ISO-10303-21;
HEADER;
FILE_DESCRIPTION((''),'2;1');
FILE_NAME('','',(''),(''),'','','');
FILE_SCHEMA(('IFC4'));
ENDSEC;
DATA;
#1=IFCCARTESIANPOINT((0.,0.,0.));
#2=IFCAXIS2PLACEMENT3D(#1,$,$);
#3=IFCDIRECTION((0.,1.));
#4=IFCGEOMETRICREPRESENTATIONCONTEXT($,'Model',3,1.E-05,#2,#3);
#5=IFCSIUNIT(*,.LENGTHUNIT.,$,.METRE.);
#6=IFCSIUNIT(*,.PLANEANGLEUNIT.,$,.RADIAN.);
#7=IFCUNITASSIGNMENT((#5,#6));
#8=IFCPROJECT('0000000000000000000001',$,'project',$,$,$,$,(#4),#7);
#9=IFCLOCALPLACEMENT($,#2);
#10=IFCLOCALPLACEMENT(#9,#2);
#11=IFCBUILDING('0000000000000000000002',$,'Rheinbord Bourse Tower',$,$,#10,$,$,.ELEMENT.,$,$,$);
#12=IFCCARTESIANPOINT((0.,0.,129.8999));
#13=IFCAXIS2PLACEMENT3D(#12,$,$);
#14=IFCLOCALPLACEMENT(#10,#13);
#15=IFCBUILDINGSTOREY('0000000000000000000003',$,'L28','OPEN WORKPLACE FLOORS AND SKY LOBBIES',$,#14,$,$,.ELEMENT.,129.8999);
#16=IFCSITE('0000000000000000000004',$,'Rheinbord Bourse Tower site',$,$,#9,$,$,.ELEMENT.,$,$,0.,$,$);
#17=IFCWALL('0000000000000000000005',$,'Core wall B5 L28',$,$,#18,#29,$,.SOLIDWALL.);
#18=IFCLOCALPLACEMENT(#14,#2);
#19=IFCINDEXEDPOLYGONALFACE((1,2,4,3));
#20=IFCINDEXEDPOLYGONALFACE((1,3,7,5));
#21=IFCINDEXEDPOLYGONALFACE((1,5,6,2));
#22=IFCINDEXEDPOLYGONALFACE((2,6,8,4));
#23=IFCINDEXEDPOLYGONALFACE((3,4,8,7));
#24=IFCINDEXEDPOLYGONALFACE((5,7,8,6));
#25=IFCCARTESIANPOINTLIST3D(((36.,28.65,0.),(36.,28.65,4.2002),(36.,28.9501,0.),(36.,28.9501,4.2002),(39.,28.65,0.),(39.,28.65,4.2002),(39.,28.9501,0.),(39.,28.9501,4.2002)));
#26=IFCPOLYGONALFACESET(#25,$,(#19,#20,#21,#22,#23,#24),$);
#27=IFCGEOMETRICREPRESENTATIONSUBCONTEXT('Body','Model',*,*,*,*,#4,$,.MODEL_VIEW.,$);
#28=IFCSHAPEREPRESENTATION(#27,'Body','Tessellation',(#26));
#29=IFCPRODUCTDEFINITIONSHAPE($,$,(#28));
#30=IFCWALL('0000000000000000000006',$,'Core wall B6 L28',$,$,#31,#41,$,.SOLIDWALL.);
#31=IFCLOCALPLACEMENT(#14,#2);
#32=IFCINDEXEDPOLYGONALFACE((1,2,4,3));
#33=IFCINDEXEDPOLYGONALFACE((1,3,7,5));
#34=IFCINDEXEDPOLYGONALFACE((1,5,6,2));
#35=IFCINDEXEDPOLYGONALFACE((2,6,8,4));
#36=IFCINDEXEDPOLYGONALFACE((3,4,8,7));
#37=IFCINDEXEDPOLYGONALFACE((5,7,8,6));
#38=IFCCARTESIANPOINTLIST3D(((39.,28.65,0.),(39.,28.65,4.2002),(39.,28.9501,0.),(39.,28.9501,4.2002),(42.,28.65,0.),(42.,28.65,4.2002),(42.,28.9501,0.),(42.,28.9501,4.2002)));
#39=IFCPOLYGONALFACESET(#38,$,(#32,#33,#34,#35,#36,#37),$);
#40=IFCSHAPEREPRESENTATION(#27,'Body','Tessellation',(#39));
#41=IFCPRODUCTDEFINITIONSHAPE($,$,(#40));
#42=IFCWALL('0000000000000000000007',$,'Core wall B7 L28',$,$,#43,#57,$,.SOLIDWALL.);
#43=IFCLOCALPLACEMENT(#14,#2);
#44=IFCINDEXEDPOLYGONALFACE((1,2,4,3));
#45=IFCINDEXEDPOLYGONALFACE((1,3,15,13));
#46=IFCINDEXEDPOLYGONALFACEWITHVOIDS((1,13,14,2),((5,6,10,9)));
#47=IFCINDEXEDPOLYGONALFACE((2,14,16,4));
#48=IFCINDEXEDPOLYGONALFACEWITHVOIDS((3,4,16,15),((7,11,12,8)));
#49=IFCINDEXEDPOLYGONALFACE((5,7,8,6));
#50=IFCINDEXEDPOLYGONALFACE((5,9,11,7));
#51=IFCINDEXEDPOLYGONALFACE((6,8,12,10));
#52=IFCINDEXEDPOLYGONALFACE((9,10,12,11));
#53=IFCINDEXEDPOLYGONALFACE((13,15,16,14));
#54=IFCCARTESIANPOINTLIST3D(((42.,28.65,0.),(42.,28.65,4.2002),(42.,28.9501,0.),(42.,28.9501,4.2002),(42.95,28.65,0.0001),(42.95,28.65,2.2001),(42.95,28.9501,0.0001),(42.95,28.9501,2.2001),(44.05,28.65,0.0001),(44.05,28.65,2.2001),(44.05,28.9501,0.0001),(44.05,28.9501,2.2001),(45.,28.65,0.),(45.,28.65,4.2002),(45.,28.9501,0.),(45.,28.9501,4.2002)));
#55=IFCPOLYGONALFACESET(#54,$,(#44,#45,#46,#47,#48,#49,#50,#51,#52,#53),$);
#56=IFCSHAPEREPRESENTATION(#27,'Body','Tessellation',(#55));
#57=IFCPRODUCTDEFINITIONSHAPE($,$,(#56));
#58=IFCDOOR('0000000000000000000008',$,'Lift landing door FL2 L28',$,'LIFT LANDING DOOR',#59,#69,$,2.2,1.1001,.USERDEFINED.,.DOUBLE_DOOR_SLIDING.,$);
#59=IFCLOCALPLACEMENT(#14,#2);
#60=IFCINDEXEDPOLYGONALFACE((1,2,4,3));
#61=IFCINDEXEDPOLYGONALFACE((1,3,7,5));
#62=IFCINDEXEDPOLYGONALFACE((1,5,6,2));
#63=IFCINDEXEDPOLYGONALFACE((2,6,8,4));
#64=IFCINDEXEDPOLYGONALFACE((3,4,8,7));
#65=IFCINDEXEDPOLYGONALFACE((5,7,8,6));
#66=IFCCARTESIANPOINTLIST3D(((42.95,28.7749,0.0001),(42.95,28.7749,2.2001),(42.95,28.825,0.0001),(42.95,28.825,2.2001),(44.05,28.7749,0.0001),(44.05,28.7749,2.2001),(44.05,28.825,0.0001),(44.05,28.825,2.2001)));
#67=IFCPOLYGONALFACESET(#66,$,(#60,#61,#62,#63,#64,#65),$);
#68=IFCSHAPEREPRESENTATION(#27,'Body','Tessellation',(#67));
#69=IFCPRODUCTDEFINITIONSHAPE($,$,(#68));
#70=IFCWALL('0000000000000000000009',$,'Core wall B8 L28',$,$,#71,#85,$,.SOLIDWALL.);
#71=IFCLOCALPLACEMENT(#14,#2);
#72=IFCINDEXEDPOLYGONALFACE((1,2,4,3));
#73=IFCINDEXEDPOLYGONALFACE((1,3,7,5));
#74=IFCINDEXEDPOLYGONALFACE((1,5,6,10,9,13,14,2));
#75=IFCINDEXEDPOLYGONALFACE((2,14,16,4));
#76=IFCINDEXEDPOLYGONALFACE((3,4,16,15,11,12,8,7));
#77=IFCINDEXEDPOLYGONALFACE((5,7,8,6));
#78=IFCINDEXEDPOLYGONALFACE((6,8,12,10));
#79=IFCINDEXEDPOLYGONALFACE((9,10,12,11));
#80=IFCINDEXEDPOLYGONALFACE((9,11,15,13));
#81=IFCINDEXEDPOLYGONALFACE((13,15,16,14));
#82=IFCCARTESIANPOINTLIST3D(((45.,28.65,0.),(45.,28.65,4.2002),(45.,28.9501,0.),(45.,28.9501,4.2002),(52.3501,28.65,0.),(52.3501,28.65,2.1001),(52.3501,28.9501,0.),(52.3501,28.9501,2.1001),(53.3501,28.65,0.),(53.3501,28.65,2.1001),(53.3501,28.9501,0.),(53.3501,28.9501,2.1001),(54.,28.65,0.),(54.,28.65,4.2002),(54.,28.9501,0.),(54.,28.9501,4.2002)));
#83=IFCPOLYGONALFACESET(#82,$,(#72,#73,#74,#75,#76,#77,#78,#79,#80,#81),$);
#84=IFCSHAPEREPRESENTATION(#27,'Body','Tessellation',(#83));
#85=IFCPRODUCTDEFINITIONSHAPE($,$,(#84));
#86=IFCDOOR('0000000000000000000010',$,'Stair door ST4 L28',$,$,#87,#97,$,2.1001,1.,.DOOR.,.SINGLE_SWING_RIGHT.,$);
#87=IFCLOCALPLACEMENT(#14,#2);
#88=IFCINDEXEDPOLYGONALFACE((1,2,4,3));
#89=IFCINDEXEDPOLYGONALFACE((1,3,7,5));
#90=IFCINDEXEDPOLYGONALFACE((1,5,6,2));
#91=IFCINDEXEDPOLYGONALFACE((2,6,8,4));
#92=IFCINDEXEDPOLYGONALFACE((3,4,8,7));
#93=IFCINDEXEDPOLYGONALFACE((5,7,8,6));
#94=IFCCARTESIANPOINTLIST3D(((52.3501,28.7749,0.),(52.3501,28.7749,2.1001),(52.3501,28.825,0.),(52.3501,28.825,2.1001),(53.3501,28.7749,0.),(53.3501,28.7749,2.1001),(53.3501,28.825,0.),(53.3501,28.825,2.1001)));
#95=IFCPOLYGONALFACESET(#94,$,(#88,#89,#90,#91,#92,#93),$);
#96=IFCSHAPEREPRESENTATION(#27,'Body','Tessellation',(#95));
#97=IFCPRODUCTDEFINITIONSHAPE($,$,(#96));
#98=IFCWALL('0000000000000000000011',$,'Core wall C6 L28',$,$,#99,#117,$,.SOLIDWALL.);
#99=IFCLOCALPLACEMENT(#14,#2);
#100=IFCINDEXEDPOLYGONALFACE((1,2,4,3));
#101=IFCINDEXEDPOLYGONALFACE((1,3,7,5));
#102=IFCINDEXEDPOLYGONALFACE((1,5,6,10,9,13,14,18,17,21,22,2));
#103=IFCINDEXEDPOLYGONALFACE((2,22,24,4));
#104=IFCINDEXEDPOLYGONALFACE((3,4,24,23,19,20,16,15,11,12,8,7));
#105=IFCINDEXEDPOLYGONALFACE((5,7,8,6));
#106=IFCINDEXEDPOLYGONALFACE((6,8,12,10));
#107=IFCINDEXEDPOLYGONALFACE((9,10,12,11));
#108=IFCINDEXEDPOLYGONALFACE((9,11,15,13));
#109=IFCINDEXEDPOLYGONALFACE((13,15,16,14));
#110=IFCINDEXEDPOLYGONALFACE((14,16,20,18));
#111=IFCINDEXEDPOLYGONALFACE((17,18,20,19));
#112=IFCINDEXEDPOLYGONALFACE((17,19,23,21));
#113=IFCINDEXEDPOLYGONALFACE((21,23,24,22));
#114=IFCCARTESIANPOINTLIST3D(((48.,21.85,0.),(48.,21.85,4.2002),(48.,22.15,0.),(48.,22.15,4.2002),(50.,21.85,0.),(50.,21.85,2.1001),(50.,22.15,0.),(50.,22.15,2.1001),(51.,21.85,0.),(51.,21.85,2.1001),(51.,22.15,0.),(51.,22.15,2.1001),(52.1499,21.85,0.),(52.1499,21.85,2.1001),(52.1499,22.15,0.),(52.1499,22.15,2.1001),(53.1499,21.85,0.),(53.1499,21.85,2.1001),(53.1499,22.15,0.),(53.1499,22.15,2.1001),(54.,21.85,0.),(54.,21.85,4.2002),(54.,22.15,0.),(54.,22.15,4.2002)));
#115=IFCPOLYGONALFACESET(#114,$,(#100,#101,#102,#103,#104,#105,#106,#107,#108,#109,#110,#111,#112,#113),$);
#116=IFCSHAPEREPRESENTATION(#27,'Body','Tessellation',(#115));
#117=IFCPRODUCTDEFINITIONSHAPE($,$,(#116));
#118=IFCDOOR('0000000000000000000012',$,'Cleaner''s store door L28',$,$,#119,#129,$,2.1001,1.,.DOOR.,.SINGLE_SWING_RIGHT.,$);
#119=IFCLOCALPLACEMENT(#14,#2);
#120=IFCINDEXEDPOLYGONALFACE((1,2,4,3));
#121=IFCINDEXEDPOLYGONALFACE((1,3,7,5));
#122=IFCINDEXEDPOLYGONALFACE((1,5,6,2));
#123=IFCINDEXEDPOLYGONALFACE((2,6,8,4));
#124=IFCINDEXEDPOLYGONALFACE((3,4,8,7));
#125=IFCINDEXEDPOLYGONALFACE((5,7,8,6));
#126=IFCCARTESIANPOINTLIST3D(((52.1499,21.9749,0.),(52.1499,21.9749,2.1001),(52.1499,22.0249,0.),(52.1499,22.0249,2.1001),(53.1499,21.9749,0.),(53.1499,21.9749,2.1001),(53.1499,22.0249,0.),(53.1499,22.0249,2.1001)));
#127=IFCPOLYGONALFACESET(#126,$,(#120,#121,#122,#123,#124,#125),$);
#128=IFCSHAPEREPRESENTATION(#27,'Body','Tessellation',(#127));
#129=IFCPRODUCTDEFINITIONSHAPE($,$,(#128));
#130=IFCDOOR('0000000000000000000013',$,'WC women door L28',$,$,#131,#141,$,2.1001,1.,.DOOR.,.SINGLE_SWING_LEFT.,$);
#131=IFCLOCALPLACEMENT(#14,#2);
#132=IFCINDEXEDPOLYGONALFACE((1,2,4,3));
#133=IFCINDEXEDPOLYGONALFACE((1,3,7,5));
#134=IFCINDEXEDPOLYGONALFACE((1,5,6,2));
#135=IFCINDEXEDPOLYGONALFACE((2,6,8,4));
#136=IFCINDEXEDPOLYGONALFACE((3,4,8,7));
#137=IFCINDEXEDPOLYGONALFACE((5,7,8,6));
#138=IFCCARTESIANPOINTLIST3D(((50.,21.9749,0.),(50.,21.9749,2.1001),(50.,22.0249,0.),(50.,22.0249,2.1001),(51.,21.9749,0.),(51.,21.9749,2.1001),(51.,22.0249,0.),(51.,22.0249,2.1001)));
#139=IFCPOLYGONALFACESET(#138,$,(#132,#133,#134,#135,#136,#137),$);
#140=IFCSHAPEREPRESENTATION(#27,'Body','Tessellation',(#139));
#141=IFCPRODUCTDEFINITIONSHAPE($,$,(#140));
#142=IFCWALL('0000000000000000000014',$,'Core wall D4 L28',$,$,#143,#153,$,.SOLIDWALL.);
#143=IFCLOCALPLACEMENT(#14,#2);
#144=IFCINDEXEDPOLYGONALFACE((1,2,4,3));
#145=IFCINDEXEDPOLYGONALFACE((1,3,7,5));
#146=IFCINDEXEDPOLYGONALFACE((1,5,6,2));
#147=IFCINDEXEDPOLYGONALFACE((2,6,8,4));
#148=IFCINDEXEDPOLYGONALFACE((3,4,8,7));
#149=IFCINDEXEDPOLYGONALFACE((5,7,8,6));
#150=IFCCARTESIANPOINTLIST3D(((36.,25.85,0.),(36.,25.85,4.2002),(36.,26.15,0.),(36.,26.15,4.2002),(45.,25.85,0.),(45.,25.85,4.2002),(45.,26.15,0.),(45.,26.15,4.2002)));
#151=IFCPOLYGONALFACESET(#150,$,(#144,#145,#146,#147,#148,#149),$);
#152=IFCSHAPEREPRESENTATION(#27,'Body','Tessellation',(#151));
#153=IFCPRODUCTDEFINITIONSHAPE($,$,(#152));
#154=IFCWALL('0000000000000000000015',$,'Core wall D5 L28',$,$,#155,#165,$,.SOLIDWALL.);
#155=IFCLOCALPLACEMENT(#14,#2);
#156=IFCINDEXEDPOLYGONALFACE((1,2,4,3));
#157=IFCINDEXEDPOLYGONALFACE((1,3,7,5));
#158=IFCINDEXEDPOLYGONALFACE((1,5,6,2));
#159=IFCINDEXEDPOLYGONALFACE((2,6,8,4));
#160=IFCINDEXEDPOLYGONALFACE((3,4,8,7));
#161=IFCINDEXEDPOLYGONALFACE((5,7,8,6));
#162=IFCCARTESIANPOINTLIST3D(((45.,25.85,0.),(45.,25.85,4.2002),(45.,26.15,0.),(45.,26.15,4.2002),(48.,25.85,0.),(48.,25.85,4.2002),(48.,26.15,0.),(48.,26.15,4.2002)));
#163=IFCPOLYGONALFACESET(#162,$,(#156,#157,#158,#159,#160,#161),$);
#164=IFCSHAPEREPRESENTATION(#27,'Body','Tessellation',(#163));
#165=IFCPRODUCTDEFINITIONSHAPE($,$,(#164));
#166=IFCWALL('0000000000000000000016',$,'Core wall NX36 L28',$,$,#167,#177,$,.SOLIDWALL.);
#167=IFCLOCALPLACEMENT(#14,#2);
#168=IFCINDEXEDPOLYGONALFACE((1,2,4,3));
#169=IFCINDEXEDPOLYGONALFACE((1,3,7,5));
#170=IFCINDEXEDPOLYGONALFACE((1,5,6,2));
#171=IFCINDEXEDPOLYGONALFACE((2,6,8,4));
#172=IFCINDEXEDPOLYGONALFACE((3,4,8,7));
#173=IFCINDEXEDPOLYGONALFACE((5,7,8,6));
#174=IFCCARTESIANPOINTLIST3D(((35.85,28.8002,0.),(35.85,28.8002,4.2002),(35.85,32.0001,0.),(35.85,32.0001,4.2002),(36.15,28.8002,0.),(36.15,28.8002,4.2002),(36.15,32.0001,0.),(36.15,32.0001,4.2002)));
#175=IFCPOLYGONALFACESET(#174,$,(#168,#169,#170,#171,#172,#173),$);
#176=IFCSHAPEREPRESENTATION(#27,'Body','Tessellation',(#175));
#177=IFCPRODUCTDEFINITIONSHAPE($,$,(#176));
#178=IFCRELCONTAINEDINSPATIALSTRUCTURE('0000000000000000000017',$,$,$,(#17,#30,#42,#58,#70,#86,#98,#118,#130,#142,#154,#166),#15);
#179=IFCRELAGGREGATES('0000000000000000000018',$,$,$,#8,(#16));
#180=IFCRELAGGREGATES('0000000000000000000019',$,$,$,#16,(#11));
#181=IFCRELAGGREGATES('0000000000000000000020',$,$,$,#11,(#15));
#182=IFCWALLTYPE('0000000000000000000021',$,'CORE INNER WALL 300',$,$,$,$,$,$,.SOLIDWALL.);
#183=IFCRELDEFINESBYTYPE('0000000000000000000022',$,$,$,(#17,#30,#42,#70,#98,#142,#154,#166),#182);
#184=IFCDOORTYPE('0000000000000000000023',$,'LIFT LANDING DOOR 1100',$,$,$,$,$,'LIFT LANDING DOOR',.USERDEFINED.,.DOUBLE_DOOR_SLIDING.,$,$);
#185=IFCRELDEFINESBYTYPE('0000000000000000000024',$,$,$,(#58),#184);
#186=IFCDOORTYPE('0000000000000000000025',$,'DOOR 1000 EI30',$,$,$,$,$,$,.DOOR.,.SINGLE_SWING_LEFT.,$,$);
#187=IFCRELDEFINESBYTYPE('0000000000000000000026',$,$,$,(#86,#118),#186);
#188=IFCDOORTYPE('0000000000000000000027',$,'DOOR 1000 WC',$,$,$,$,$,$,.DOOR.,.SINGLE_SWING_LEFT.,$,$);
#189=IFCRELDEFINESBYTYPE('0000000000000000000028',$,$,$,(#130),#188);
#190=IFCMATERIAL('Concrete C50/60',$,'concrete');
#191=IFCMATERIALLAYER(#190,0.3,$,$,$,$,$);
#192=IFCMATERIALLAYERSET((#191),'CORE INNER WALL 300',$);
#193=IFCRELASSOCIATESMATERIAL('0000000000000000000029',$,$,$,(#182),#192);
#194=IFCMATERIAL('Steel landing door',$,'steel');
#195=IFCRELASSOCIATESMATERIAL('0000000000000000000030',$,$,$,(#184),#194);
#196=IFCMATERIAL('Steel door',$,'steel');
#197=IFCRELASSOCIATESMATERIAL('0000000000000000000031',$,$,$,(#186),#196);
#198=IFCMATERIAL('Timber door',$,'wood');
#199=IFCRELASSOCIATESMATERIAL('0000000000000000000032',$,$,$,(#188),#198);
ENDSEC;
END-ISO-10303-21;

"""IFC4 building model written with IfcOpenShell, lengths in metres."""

from ifc_helpers import new_model, si_unit, direction, frame, frame_2d, origin, place, context, subcontext, project, spatial, rectangle, extrude, material, layer, layer_set, type_object, element, fill, save


model = new_model("IFC4")

# Units and contexts
model_context = context("Model", 3, precision=1e-05, world=origin(), true_north=direction((0.0, 1.0)))
body_context = subcontext(model_context, "Body", "Model", "MODEL_VIEW")
ifc_project = project(units=[si_unit("LENGTHUNIT", "METRE"), si_unit("PLANEANGLEUNIT", "RADIAN")], contexts=[model_context])

# Site, building, storey
site_placement = place(None, origin())
site = spatial("IfcSite", under=ifc_project, at=site_placement, Name="Rheinbord Bourse Tower site", CompositionType="ELEMENT", RefElevation=0.0)
building_placement = place(site_placement, origin())
building = spatial("IfcBuilding", under=site, at=building_placement, Name="Rheinbord Bourse Tower", CompositionType="ELEMENT")
storey_placement = place(building_placement, frame((0.0, 0.0, 129.8999)))
storey = spatial("IfcBuildingStorey", under=building, at=storey_placement, Name="L28", Description="OPEN WORKPLACE FLOORS AND SKY LOBBIES", CompositionType="ELEMENT", Elevation=129.8999)

# Walls
ifc_material_1 = material(Name="Concrete C50/60", Category="concrete")
ifc_layer_1 = layer(ifc_material_1, 0.3)
ifc_layer_set_1 = layer_set([ifc_layer_1], Name="CORE INNER WALL 300")
wall_type_1 = type_object("IfcWallType", Name="CORE INNER WALL 300", PredefinedType="SOLIDWALL", material=ifc_layer_set_1)
for number, where, z_axis, x_axis, name in (
    (1, (36.0, 28.8, 0.0), (0.0, 0.0, 1.0), (1.0, 0.0, 0.0), "Core wall B5 L28"),
    (2, (39.0, 28.8, 0.0), (0.0, 0.0, 1.0), (1.0, 0.0, 0.0), "Core wall B6 L28"),
):
    element("IfcWall", number, at=place(storey_placement, frame(where, z_axis=z_axis, x_axis=x_axis)), inside=storey, type_object=wall_type_1, Name=name, PredefinedType="SOLIDWALL", context=body_context, shape_type="SweptSolid", body=[
        extrude(rectangle(XDim=3.0, YDim=0.3, at=frame_2d((1.5, 0.0))), origin(), (0.0, 0.0, 1.0), 4.2002),
    ])

# Walls, openings, doors
wall_1_placement = place(storey_placement, frame((42.0, 28.8, 0.0), z_axis=(0.0, 0.0, 1.0), x_axis=(1.0, 0.0, 0.0)))
wall_1 = element("IfcWall", 3, at=wall_1_placement, inside=storey, type_object=wall_type_1, Name="Core wall B7 L28", PredefinedType="SOLIDWALL", context=body_context, shape_type="SweptSolid", body=[
    extrude(rectangle(XDim=3.0, YDim=0.3, at=frame_2d((1.5, 0.0))), origin(), (0.0, 0.0, 1.0), 4.2002),
])
opening_1_placement = place(wall_1_placement, frame((0.95, 0.0, 0.0)))
opening_1 = element("IfcOpeningElement", 4, at=opening_1_placement, cuts=wall_1, PredefinedType="OPENING", context=body_context, shape_type="SweptSolid", body=[
    extrude(rectangle(XDim=1.1001, YDim=2.2, at=frame_2d((0.55, 1.1001))), frame((0.0, 0.1599, 0.0), z_axis=(0.0, -1.0, 0.0), x_axis=(1.0, 0.0, 0.0)), (0.0, 0.0, 1.0), 0.3201),
])
ifc_material_2 = material(Name="Steel landing door", Category="steel")
door_type_1 = type_object("IfcDoorType", Name="LIFT LANDING DOOR 1100", ElementType="LIFT LANDING DOOR", OperationType="DOUBLE_DOOR_SLIDING", PredefinedType="USERDEFINED", material=ifc_material_2)
door_1_placement = place(opening_1_placement, origin())
door_1 = element("IfcDoor", 5, at=door_1_placement, inside=storey, type_object=door_type_1, Name="Lift landing door FL2 L28", ObjectType="LIFT LANDING DOOR", OperationType="DOUBLE_DOOR_SLIDING", OverallHeight=2.2, OverallWidth=1.1001, PredefinedType="USERDEFINED", context=body_context, shape_type="SweptSolid", body=[
    extrude(rectangle(XDim=1.1001, YDim=2.2, at=frame_2d((0.55, 1.1001))), frame((0.0, 0.0249, 0.0), z_axis=(0.0, -1.0, 0.0), x_axis=(1.0, 0.0, 0.0)), (0.0, 0.0, 1.0), 0.05),
])
fill(opening_1, door_1)
wall_2_placement = place(storey_placement, frame((45.0, 28.8, 0.0), z_axis=(0.0, 0.0, 1.0), x_axis=(1.0, 0.0, 0.0)))
wall_2 = element("IfcWall", 6, at=wall_2_placement, inside=storey, type_object=wall_type_1, Name="Core wall B8 L28", PredefinedType="SOLIDWALL", context=body_context, shape_type="SweptSolid", body=[
    extrude(rectangle(XDim=9.0, YDim=0.3, at=frame_2d((4.5, 0.0))), origin(), (0.0, 0.0, 1.0), 4.2002),
])
opening_2_placement = place(wall_2_placement, frame((7.3501, 0.0, 0.0)))
opening_2 = element("IfcOpeningElement", 7, at=opening_2_placement, cuts=wall_2, PredefinedType="OPENING", context=body_context, shape_type="SweptSolid", body=[
    extrude(rectangle(XDim=1.0, YDim=2.1001, at=frame_2d((0.5, 1.05))), frame((0.0, 0.1599, 0.0), z_axis=(0.0, -1.0, 0.0), x_axis=(1.0, 0.0, 0.0)), (0.0, 0.0, 1.0), 0.3201),
])
ifc_material_3 = material(Name="Steel door", Category="steel")
door_type_2 = type_object("IfcDoorType", Name="DOOR 1000 EI30", OperationType="SINGLE_SWING_LEFT", PredefinedType="DOOR", material=ifc_material_3)
door_2_placement = place(opening_2_placement, origin())
door_2 = element("IfcDoor", 8, at=door_2_placement, inside=storey, type_object=door_type_2, Name="Stair door ST4 L28", OperationType="SINGLE_SWING_RIGHT", OverallHeight=2.1001, OverallWidth=1.0, PredefinedType="DOOR", context=body_context, shape_type="SweptSolid", body=[
    extrude(rectangle(XDim=1.0, YDim=2.1001, at=frame_2d((0.5, 1.05))), frame((0.0, 0.0249, 0.0), z_axis=(0.0, -1.0, 0.0), x_axis=(1.0, 0.0, 0.0)), (0.0, 0.0, 1.0), 0.05),
])
fill(opening_2, door_2)

# Wall, openings, doors
wall_3_placement = place(storey_placement, frame((48.0, 22.0, 0.0), z_axis=(0.0, 0.0, 1.0), x_axis=(1.0, 0.0, 0.0)))
wall_3 = element("IfcWall", 9, at=wall_3_placement, inside=storey, type_object=wall_type_1, Name="Core wall C6 L28", PredefinedType="SOLIDWALL", context=body_context, shape_type="SweptSolid", body=[
    extrude(rectangle(XDim=6.0, YDim=0.3, at=frame_2d((3.0, 0.0))), origin(), (0.0, 0.0, 1.0), 4.2002),
])
opening_3_placement = place(wall_3_placement, frame((2.0, 0.0, 0.0)))
opening_3 = element("IfcOpeningElement", 10, at=opening_3_placement, cuts=wall_3, PredefinedType="OPENING", context=body_context, shape_type="SweptSolid", body=[
    extrude(rectangle(XDim=1.0, YDim=2.1001, at=frame_2d((0.5, 1.05))), frame((0.0, 0.1599, 0.0), z_axis=(0.0, -1.0, 0.0), x_axis=(1.0, 0.0, 0.0)), (0.0, 0.0, 1.0), 0.3201),
])
opening_4_placement = place(wall_3_placement, frame((4.1499, 0.0, 0.0)))
opening_4 = element("IfcOpeningElement", 11, at=opening_4_placement, cuts=wall_3, PredefinedType="OPENING", context=body_context, shape_type="SweptSolid", body=[
    extrude(rectangle(XDim=1.0, YDim=2.1001, at=frame_2d((0.5, 1.05))), frame((0.0, 0.1599, 0.0), z_axis=(0.0, -1.0, 0.0), x_axis=(1.0, 0.0, 0.0)), (0.0, 0.0, 1.0), 0.3201),
])
door_3_placement = place(opening_4_placement, origin())
door_3 = element("IfcDoor", 12, at=door_3_placement, inside=storey, type_object=door_type_2, Name="Cleaner's store door L28", OperationType="SINGLE_SWING_RIGHT", OverallHeight=2.1001, OverallWidth=1.0, PredefinedType="DOOR", context=body_context, shape_type="SweptSolid", body=[
    extrude(rectangle(XDim=1.0, YDim=2.1001, at=frame_2d((0.5, 1.05))), frame((0.0, 0.0249, 0.0), z_axis=(0.0, -1.0, 0.0), x_axis=(1.0, 0.0, 0.0)), (0.0, 0.0, 1.0), 0.05),
])
fill(opening_4, door_3)
ifc_material_4 = material(Name="Timber door", Category="wood")
door_type_3 = type_object("IfcDoorType", Name="DOOR 1000 WC", OperationType="SINGLE_SWING_LEFT", PredefinedType="DOOR", material=ifc_material_4)
door_4_placement = place(opening_3_placement, origin())
door_4 = element("IfcDoor", 13, at=door_4_placement, inside=storey, type_object=door_type_3, Name="WC women door L28", OperationType="SINGLE_SWING_LEFT", OverallHeight=2.1001, OverallWidth=1.0, PredefinedType="DOOR", context=body_context, shape_type="SweptSolid", body=[
    extrude(rectangle(XDim=1.0, YDim=2.1001, at=frame_2d((0.5, 1.05))), frame((0.0, 0.0249, 0.0), z_axis=(0.0, -1.0, 0.0), x_axis=(1.0, 0.0, 0.0)), (0.0, 0.0, 1.0), 0.05),
])
fill(opening_3, door_4)

# Walls
wall_4_placement = place(storey_placement, frame((36.0, 26.0, 0.0), z_axis=(0.0, 0.0, 1.0), x_axis=(1.0, 0.0, 0.0)))
element("IfcWall", 14, at=wall_4_placement, inside=storey, type_object=wall_type_1, Name="Core wall D4 L28", PredefinedType="SOLIDWALL", context=body_context, shape_type="SweptSolid", body=[
    extrude(rectangle(XDim=9.0, YDim=0.3, at=frame_2d((4.5, 0.0))), origin(), (0.0, 0.0, 1.0), 4.2002),
])
wall_5_placement = place(storey_placement, frame((45.0, 26.0, 0.0), z_axis=(0.0, 0.0, 1.0), x_axis=(1.0, 0.0, 0.0)))
element("IfcWall", 15, at=wall_5_placement, inside=storey, type_object=wall_type_1, Name="Core wall D5 L28", PredefinedType="SOLIDWALL", context=body_context, shape_type="SweptSolid", body=[
    extrude(rectangle(XDim=3.0, YDim=0.3, at=frame_2d((1.5, 0.0))), origin(), (0.0, 0.0, 1.0), 4.2002),
])
for number, where, z_axis, x_axis, name in (
    (16, (36.0, 28.8, 0.0), (0.0, 0.0, 1.0), (0.0, 1.0, 0.0), "Core wall NX36 L28"),
):
    element("IfcWall", number, at=place(storey_placement, frame(where, z_axis=z_axis, x_axis=x_axis)), inside=storey, type_object=wall_type_1, Name=name, PredefinedType="SOLIDWALL", context=body_context, shape_type="SweptSolid", body=[
        extrude(rectangle(XDim=3.2, YDim=0.3, at=frame_2d((1.6001, 0.0))), origin(), (0.0, 0.0, 1.0), 4.2002),
    ])

save(model, "model.ifc")
